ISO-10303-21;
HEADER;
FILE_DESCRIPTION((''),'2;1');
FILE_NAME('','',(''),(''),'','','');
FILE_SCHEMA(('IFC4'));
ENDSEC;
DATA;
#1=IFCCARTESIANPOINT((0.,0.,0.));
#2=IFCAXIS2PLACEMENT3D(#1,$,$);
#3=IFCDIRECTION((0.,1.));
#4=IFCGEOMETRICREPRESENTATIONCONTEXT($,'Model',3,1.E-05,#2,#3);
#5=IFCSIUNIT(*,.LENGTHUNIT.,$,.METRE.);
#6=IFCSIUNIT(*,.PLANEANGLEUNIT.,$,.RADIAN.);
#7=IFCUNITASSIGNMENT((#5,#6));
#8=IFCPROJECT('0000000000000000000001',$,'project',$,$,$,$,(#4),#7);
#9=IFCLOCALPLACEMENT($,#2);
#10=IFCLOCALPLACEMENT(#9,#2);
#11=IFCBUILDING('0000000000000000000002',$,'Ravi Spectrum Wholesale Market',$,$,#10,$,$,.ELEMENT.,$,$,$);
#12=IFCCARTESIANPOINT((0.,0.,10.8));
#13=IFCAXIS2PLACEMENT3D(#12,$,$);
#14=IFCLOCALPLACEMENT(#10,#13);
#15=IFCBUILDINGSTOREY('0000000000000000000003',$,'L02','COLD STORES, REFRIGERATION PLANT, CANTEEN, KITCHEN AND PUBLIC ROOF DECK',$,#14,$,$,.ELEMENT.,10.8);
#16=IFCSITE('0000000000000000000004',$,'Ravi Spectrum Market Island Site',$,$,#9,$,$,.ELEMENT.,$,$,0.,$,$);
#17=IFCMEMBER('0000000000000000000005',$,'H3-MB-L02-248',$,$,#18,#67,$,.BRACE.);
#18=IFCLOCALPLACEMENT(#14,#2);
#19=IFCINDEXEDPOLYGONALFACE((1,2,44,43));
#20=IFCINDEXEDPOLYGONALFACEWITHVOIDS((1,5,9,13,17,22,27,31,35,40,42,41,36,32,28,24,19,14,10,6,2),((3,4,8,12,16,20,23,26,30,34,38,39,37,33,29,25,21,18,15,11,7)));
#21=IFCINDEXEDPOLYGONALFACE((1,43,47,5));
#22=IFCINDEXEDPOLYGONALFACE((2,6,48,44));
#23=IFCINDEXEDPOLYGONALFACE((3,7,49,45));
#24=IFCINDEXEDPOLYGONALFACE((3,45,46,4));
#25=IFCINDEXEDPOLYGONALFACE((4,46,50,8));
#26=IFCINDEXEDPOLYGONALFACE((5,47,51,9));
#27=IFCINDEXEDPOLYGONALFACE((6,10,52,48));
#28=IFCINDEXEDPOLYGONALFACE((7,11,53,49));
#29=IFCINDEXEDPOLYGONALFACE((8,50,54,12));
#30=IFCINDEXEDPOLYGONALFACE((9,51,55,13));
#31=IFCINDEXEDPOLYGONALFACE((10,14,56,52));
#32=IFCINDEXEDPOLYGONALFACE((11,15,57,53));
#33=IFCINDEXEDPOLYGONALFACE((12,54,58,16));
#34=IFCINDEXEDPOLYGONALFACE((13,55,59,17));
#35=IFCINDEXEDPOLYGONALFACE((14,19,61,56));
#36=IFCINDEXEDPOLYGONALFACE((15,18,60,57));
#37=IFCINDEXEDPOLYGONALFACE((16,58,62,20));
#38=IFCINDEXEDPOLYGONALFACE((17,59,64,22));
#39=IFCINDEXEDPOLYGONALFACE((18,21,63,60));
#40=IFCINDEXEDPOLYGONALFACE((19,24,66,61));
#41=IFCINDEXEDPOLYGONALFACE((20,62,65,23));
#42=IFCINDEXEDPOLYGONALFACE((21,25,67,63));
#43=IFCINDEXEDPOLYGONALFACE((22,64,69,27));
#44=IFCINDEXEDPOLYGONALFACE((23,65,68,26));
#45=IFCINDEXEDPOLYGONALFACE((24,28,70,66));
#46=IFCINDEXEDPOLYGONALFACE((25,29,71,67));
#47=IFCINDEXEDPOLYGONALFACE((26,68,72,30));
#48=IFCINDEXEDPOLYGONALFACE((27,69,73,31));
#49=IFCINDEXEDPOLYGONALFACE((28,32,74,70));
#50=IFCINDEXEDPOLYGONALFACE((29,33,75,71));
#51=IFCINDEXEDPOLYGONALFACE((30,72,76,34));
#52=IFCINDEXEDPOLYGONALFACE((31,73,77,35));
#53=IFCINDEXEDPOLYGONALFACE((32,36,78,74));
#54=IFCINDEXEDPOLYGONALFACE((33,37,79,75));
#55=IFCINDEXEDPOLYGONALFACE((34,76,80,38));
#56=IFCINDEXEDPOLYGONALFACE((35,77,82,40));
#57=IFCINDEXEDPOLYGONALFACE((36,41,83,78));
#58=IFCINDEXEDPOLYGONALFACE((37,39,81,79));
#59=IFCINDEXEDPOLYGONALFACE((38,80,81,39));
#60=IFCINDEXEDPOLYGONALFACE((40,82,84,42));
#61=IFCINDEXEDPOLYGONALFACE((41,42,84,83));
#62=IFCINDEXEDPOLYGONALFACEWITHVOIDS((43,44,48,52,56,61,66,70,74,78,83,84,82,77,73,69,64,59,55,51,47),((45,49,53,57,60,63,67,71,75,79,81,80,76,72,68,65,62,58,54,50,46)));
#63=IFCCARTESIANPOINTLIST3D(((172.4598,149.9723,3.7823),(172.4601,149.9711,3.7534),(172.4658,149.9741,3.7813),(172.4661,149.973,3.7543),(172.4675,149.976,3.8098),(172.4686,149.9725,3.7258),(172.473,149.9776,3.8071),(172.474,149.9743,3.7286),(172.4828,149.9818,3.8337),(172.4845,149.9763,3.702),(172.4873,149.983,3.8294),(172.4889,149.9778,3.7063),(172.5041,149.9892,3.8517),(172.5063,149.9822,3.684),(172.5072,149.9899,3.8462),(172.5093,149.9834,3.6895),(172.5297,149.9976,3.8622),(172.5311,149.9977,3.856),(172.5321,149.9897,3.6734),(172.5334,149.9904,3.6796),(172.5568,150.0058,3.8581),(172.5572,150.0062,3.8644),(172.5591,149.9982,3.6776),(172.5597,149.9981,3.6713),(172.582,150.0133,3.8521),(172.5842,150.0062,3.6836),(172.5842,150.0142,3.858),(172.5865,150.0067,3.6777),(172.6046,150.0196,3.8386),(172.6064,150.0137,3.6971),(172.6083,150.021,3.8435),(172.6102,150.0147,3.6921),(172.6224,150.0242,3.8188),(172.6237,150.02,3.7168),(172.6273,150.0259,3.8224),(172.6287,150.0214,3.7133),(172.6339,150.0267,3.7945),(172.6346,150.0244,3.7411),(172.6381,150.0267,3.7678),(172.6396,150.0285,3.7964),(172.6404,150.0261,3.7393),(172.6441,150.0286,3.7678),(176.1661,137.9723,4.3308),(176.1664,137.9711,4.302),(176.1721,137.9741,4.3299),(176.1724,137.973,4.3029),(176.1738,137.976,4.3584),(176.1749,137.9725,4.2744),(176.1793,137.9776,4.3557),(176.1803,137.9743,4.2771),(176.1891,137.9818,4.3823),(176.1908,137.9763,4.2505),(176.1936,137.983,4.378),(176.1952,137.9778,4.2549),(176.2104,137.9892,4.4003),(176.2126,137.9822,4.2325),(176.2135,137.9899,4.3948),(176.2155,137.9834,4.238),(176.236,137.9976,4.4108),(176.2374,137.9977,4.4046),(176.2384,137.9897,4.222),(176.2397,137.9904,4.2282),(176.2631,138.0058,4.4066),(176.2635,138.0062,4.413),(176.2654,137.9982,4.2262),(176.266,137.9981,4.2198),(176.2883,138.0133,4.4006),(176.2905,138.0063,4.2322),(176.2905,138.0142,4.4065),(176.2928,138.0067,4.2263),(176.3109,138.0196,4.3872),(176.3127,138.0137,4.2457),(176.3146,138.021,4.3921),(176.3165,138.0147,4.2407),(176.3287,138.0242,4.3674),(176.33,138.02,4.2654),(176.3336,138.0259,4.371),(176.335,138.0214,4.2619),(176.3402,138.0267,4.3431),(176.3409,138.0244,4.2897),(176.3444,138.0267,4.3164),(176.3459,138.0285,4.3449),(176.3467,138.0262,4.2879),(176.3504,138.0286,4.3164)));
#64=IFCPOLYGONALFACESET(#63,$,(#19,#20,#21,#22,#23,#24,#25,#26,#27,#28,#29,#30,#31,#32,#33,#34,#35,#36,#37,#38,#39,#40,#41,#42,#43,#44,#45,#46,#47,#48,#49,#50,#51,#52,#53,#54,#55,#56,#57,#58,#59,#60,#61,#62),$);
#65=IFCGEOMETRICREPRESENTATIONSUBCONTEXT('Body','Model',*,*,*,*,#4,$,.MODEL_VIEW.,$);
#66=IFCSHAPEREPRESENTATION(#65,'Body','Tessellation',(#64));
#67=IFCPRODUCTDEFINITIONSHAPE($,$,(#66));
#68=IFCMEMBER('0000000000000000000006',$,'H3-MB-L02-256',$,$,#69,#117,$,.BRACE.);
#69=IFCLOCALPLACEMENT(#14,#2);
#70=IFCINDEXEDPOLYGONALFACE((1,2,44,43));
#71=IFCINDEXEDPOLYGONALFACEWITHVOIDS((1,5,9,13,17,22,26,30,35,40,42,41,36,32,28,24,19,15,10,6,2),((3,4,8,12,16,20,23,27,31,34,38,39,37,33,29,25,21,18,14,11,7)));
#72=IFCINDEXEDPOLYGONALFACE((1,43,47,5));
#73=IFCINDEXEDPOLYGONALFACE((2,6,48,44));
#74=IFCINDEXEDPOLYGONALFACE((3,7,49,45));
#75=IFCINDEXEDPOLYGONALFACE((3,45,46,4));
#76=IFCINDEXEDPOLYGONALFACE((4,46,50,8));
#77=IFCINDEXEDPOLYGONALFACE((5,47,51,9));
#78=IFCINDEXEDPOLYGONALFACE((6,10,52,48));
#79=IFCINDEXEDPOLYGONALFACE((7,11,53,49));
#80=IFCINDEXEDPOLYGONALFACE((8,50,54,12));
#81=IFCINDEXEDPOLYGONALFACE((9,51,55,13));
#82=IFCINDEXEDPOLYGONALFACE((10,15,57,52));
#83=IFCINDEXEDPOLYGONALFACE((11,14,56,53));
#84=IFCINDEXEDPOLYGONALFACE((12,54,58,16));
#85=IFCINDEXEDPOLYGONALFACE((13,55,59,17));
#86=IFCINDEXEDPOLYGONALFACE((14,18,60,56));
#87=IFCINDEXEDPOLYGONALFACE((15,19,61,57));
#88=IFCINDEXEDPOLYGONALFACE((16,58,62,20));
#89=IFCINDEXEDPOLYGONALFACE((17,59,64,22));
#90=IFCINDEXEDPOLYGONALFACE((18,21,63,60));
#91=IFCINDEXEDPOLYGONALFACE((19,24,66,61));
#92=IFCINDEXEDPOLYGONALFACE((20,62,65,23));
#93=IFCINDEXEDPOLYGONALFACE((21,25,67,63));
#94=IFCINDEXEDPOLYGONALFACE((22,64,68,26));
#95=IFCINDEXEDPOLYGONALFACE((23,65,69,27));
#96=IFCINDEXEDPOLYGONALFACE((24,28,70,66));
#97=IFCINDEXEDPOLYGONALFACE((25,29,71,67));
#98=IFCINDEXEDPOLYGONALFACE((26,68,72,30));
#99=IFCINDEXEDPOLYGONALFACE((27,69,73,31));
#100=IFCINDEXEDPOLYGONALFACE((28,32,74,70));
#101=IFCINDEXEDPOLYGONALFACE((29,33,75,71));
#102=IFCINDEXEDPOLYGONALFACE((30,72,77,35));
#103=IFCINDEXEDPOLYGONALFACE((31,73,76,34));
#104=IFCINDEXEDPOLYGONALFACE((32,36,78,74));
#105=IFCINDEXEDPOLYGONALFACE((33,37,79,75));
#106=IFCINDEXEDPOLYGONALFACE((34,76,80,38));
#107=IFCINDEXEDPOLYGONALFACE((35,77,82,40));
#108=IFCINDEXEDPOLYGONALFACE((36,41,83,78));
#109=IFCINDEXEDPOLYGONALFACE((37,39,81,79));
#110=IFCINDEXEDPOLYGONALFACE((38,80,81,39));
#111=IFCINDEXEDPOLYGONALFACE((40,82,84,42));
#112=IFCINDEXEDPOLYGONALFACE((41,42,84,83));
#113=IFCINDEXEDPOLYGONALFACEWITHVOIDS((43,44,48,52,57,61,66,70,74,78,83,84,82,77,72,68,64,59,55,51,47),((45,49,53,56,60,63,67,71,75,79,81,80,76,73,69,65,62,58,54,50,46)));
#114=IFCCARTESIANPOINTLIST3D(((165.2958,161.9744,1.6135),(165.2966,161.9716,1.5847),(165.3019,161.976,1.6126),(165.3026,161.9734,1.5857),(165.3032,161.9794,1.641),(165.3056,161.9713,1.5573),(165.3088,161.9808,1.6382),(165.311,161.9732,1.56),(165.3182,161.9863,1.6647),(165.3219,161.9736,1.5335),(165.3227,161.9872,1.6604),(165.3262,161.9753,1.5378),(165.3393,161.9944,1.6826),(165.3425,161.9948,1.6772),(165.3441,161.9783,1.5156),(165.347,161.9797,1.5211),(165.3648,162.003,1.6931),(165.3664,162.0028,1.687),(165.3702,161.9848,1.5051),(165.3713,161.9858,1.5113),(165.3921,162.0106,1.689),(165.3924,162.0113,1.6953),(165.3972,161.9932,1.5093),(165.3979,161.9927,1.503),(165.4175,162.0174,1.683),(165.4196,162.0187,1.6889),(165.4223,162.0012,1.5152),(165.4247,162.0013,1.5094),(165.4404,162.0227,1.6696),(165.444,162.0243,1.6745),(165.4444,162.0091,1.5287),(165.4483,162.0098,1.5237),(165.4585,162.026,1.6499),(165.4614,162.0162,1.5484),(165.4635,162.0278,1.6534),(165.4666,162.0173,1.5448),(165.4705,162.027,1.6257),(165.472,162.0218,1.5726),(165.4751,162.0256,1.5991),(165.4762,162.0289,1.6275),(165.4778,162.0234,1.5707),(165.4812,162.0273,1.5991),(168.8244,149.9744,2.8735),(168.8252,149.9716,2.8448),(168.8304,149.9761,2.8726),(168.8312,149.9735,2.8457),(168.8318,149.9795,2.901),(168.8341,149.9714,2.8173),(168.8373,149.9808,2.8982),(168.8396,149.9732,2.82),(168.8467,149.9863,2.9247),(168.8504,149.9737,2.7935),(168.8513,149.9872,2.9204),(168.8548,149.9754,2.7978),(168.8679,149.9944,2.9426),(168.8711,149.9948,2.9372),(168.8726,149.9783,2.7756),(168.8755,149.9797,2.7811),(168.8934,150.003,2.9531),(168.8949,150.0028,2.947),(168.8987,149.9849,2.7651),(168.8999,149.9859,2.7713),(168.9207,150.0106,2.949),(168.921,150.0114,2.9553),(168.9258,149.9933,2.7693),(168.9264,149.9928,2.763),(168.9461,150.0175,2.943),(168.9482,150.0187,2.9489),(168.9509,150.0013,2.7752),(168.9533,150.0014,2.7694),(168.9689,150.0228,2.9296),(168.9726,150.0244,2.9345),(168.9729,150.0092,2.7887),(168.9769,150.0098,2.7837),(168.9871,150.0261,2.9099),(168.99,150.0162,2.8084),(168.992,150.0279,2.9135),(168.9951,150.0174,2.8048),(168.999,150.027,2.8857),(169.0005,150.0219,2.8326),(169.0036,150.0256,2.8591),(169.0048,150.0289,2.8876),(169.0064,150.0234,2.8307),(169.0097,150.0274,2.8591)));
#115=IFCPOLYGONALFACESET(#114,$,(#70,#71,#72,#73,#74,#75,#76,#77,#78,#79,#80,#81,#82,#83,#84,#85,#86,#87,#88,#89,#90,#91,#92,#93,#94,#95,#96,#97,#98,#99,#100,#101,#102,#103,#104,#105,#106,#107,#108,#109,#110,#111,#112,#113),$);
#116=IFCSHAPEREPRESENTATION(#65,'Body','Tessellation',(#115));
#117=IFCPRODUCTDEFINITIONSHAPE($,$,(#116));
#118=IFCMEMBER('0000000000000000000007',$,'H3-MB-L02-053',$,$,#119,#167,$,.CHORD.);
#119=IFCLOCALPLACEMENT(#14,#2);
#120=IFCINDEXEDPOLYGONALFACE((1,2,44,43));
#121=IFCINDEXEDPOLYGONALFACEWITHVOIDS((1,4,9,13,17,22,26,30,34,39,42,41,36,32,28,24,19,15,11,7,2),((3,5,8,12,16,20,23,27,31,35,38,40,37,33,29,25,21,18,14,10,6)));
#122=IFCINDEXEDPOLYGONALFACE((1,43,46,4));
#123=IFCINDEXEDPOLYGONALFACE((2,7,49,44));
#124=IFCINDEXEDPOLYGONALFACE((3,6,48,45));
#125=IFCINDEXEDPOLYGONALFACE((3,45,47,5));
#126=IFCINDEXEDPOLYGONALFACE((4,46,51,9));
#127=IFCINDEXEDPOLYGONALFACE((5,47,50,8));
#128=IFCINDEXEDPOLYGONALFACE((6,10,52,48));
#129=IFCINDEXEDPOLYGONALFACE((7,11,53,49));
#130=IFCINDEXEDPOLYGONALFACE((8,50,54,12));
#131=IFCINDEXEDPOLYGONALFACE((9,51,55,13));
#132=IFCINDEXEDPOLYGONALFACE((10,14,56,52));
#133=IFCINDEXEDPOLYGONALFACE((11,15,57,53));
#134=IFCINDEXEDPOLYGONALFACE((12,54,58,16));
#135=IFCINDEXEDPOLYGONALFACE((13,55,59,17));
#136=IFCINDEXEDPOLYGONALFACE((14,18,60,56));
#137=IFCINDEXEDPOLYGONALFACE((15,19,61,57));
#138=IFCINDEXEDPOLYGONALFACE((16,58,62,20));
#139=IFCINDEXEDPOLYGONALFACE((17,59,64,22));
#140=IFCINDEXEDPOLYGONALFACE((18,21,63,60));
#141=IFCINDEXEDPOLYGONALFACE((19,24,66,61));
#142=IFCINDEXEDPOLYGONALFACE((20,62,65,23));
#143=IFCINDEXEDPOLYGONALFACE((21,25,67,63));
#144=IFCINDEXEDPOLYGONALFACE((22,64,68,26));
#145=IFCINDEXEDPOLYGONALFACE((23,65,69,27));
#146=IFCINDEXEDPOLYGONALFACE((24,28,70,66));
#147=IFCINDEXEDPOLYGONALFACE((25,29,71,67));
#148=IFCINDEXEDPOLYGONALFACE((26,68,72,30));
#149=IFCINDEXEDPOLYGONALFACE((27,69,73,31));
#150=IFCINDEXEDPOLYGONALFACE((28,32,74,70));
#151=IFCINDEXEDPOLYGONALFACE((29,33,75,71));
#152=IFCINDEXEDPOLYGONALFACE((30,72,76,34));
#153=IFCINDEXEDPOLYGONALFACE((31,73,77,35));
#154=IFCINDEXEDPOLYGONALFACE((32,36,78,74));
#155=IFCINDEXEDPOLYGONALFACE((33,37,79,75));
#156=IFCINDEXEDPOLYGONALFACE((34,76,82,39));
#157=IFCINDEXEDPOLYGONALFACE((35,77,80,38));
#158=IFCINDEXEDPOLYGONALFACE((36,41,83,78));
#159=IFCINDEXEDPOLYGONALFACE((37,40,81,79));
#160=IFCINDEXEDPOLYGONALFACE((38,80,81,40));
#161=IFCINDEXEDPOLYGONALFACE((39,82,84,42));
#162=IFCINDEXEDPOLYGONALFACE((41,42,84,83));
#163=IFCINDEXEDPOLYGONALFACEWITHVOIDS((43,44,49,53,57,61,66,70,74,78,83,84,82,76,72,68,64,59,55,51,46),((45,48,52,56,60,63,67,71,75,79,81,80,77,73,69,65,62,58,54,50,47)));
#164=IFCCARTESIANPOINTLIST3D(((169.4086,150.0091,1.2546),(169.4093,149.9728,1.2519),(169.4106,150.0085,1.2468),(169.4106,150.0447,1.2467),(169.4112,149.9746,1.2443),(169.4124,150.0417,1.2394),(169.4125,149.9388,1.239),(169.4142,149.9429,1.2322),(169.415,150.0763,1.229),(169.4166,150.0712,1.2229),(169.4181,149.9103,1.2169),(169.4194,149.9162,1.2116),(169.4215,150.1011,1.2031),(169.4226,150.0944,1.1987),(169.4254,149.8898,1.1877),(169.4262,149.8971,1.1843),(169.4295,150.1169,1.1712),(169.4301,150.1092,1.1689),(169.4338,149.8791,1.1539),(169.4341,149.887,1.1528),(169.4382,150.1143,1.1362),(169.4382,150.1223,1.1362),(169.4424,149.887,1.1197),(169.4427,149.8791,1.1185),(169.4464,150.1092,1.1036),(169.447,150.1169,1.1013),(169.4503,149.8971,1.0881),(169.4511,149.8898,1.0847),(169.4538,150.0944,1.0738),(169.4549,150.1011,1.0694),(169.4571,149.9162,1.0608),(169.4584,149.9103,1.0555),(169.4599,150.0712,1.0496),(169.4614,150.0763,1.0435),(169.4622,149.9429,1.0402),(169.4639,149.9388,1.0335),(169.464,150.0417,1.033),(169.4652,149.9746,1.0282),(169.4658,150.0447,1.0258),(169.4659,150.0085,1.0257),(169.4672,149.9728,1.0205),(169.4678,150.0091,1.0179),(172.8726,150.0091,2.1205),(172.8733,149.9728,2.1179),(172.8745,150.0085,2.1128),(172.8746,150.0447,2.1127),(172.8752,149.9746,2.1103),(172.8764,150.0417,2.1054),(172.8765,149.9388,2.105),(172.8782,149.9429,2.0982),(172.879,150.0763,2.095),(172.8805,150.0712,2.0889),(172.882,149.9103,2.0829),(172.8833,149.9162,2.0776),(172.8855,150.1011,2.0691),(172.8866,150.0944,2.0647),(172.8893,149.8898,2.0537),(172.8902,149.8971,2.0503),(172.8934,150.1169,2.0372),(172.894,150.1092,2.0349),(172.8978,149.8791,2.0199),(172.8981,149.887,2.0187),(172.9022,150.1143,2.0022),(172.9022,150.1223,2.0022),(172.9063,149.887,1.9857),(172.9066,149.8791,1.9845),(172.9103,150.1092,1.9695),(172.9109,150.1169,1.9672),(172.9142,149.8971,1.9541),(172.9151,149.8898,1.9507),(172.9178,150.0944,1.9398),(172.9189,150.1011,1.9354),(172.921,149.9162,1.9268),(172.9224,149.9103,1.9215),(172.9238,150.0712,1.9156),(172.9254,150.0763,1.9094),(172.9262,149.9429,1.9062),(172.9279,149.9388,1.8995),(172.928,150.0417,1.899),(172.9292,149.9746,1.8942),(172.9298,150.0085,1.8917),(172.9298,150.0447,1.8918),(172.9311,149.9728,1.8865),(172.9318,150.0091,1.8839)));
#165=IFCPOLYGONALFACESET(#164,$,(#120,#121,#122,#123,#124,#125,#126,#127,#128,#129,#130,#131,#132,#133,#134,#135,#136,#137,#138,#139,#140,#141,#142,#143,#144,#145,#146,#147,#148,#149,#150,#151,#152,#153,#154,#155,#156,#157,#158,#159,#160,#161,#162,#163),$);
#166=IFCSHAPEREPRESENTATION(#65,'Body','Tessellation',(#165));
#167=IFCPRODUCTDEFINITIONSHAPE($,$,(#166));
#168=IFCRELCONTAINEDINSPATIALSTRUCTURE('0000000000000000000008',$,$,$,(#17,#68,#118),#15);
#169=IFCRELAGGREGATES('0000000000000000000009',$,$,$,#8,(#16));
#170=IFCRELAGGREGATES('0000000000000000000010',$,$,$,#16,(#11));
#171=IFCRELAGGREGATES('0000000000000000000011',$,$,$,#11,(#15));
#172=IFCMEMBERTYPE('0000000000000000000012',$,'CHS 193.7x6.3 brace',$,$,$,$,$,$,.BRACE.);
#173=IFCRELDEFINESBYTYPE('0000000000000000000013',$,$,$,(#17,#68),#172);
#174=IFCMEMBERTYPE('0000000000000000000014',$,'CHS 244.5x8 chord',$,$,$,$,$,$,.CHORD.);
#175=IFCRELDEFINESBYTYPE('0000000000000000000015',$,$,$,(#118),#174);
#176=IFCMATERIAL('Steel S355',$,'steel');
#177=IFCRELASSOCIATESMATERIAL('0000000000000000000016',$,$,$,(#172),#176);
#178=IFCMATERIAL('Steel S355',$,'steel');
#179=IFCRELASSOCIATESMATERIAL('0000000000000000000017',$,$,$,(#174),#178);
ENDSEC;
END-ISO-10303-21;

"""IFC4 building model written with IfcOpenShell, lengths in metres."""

from ifc_helpers import new_model, si_unit, direction, frame, origin, origin_2d, place, context, subcontext, project, spatial, hollow_circle, extrude, material, material_profile, profile_set, type_object, element, save


model = new_model("IFC4")

# Units and contexts
model_context = context("Model", 3, precision=1e-05, world=origin(), true_north=direction((0.0, 1.0)))
body_context = subcontext(model_context, "Body", "Model", "MODEL_VIEW")
ifc_project = project(units=[si_unit("LENGTHUNIT", "METRE"), si_unit("PLANEANGLEUNIT", "RADIAN")], contexts=[model_context])

# Site, building, storey
site_placement = place(None, origin())
site = spatial("IfcSite", under=ifc_project, at=site_placement, Name="Ravi Spectrum Market Island Site", CompositionType="ELEMENT", RefElevation=0.0)
building_placement = place(site_placement, origin())
building = spatial("IfcBuilding", under=site, at=building_placement, Name="Ravi Spectrum Wholesale Market", CompositionType="ELEMENT")
storey_placement = place(building_placement, frame((0.0, 0.0, 10.8)))
storey = spatial("IfcBuildingStorey", under=building, at=storey_placement, Name="L02", Description="COLD STORES, REFRIGERATION PLANT, CANTEEN, KITCHEN AND PUBLIC ROOF DECK", CompositionType="ELEMENT", Elevation=10.8)

# Members
ifc_material_1 = material(Name="Steel S355", Category="steel")
ifc_material_profile_1 = material_profile(ifc_material_1, hollow_circle(Radius=0.0969, WallThickness=0.0063, at=origin_2d()))
ifc_profile_set_1 = profile_set([ifc_material_profile_1], Name="Steel S355")
member_type_1 = type_object("IfcMemberType", Name="CHS 193.7x6.3 brace", PredefinedType="BRACE", material=ifc_profile_set_1)
for number, where, z_axis, x_axis, name in (
    (1, (172.5515, 150.0, 3.7678), (0.294822, -0.954555, 0.043638), (0.955465, 0.295103, 0.0), "H3-MB-L02-248"),
    (2, (165.3882, 162.0, 1.5991), (0.280683, -0.954553, 0.100229), (0.959384, 0.282104, 0.0), "H3-MB-L02-256"),
):
    element("IfcMember", number, at=place(storey_placement, frame(where, z_axis=z_axis, x_axis=x_axis)), inside=storey, type_object=member_type_1, Name=name, PredefinedType="BRACE", context=body_context, shape_type="SweptSolid", body=[
        extrude(hollow_circle(Radius=0.0969, WallThickness=0.0063, at=origin_2d()), origin(), (0.0, 0.0, 1.0), 12.5713),
    ])
ifc_material_2 = material(Name="Steel S355", Category="steel")
ifc_material_profile_2 = material_profile(ifc_material_2, hollow_circle(Radius=0.1223, WallThickness=0.0081, at=origin_2d()))
ifc_profile_set_2 = profile_set([ifc_material_profile_2], Name="Steel S355")
member_type_2 = type_object("IfcMemberType", Name="CHS 244.5x8 chord", PredefinedType="CHORD", material=ifc_profile_set_2)
member_1_placement = place(storey_placement, frame((169.4382, 150.0, 1.1362), z_axis=(0.970143, 0.0, 0.242536), x_axis=(0.0, 1.0, 0.0)))
element("IfcMember", 3, at=member_1_placement, inside=storey, type_object=member_type_2, Name="H3-MB-L02-053", PredefinedType="CHORD", context=body_context, shape_type="SweptSolid", body=[
    extrude(hollow_circle(Radius=0.1223, WallThickness=0.0081, at=origin_2d()), origin(), (0.0, 0.0, 1.0), 3.5706),
])

save(model, "model.ifc")
